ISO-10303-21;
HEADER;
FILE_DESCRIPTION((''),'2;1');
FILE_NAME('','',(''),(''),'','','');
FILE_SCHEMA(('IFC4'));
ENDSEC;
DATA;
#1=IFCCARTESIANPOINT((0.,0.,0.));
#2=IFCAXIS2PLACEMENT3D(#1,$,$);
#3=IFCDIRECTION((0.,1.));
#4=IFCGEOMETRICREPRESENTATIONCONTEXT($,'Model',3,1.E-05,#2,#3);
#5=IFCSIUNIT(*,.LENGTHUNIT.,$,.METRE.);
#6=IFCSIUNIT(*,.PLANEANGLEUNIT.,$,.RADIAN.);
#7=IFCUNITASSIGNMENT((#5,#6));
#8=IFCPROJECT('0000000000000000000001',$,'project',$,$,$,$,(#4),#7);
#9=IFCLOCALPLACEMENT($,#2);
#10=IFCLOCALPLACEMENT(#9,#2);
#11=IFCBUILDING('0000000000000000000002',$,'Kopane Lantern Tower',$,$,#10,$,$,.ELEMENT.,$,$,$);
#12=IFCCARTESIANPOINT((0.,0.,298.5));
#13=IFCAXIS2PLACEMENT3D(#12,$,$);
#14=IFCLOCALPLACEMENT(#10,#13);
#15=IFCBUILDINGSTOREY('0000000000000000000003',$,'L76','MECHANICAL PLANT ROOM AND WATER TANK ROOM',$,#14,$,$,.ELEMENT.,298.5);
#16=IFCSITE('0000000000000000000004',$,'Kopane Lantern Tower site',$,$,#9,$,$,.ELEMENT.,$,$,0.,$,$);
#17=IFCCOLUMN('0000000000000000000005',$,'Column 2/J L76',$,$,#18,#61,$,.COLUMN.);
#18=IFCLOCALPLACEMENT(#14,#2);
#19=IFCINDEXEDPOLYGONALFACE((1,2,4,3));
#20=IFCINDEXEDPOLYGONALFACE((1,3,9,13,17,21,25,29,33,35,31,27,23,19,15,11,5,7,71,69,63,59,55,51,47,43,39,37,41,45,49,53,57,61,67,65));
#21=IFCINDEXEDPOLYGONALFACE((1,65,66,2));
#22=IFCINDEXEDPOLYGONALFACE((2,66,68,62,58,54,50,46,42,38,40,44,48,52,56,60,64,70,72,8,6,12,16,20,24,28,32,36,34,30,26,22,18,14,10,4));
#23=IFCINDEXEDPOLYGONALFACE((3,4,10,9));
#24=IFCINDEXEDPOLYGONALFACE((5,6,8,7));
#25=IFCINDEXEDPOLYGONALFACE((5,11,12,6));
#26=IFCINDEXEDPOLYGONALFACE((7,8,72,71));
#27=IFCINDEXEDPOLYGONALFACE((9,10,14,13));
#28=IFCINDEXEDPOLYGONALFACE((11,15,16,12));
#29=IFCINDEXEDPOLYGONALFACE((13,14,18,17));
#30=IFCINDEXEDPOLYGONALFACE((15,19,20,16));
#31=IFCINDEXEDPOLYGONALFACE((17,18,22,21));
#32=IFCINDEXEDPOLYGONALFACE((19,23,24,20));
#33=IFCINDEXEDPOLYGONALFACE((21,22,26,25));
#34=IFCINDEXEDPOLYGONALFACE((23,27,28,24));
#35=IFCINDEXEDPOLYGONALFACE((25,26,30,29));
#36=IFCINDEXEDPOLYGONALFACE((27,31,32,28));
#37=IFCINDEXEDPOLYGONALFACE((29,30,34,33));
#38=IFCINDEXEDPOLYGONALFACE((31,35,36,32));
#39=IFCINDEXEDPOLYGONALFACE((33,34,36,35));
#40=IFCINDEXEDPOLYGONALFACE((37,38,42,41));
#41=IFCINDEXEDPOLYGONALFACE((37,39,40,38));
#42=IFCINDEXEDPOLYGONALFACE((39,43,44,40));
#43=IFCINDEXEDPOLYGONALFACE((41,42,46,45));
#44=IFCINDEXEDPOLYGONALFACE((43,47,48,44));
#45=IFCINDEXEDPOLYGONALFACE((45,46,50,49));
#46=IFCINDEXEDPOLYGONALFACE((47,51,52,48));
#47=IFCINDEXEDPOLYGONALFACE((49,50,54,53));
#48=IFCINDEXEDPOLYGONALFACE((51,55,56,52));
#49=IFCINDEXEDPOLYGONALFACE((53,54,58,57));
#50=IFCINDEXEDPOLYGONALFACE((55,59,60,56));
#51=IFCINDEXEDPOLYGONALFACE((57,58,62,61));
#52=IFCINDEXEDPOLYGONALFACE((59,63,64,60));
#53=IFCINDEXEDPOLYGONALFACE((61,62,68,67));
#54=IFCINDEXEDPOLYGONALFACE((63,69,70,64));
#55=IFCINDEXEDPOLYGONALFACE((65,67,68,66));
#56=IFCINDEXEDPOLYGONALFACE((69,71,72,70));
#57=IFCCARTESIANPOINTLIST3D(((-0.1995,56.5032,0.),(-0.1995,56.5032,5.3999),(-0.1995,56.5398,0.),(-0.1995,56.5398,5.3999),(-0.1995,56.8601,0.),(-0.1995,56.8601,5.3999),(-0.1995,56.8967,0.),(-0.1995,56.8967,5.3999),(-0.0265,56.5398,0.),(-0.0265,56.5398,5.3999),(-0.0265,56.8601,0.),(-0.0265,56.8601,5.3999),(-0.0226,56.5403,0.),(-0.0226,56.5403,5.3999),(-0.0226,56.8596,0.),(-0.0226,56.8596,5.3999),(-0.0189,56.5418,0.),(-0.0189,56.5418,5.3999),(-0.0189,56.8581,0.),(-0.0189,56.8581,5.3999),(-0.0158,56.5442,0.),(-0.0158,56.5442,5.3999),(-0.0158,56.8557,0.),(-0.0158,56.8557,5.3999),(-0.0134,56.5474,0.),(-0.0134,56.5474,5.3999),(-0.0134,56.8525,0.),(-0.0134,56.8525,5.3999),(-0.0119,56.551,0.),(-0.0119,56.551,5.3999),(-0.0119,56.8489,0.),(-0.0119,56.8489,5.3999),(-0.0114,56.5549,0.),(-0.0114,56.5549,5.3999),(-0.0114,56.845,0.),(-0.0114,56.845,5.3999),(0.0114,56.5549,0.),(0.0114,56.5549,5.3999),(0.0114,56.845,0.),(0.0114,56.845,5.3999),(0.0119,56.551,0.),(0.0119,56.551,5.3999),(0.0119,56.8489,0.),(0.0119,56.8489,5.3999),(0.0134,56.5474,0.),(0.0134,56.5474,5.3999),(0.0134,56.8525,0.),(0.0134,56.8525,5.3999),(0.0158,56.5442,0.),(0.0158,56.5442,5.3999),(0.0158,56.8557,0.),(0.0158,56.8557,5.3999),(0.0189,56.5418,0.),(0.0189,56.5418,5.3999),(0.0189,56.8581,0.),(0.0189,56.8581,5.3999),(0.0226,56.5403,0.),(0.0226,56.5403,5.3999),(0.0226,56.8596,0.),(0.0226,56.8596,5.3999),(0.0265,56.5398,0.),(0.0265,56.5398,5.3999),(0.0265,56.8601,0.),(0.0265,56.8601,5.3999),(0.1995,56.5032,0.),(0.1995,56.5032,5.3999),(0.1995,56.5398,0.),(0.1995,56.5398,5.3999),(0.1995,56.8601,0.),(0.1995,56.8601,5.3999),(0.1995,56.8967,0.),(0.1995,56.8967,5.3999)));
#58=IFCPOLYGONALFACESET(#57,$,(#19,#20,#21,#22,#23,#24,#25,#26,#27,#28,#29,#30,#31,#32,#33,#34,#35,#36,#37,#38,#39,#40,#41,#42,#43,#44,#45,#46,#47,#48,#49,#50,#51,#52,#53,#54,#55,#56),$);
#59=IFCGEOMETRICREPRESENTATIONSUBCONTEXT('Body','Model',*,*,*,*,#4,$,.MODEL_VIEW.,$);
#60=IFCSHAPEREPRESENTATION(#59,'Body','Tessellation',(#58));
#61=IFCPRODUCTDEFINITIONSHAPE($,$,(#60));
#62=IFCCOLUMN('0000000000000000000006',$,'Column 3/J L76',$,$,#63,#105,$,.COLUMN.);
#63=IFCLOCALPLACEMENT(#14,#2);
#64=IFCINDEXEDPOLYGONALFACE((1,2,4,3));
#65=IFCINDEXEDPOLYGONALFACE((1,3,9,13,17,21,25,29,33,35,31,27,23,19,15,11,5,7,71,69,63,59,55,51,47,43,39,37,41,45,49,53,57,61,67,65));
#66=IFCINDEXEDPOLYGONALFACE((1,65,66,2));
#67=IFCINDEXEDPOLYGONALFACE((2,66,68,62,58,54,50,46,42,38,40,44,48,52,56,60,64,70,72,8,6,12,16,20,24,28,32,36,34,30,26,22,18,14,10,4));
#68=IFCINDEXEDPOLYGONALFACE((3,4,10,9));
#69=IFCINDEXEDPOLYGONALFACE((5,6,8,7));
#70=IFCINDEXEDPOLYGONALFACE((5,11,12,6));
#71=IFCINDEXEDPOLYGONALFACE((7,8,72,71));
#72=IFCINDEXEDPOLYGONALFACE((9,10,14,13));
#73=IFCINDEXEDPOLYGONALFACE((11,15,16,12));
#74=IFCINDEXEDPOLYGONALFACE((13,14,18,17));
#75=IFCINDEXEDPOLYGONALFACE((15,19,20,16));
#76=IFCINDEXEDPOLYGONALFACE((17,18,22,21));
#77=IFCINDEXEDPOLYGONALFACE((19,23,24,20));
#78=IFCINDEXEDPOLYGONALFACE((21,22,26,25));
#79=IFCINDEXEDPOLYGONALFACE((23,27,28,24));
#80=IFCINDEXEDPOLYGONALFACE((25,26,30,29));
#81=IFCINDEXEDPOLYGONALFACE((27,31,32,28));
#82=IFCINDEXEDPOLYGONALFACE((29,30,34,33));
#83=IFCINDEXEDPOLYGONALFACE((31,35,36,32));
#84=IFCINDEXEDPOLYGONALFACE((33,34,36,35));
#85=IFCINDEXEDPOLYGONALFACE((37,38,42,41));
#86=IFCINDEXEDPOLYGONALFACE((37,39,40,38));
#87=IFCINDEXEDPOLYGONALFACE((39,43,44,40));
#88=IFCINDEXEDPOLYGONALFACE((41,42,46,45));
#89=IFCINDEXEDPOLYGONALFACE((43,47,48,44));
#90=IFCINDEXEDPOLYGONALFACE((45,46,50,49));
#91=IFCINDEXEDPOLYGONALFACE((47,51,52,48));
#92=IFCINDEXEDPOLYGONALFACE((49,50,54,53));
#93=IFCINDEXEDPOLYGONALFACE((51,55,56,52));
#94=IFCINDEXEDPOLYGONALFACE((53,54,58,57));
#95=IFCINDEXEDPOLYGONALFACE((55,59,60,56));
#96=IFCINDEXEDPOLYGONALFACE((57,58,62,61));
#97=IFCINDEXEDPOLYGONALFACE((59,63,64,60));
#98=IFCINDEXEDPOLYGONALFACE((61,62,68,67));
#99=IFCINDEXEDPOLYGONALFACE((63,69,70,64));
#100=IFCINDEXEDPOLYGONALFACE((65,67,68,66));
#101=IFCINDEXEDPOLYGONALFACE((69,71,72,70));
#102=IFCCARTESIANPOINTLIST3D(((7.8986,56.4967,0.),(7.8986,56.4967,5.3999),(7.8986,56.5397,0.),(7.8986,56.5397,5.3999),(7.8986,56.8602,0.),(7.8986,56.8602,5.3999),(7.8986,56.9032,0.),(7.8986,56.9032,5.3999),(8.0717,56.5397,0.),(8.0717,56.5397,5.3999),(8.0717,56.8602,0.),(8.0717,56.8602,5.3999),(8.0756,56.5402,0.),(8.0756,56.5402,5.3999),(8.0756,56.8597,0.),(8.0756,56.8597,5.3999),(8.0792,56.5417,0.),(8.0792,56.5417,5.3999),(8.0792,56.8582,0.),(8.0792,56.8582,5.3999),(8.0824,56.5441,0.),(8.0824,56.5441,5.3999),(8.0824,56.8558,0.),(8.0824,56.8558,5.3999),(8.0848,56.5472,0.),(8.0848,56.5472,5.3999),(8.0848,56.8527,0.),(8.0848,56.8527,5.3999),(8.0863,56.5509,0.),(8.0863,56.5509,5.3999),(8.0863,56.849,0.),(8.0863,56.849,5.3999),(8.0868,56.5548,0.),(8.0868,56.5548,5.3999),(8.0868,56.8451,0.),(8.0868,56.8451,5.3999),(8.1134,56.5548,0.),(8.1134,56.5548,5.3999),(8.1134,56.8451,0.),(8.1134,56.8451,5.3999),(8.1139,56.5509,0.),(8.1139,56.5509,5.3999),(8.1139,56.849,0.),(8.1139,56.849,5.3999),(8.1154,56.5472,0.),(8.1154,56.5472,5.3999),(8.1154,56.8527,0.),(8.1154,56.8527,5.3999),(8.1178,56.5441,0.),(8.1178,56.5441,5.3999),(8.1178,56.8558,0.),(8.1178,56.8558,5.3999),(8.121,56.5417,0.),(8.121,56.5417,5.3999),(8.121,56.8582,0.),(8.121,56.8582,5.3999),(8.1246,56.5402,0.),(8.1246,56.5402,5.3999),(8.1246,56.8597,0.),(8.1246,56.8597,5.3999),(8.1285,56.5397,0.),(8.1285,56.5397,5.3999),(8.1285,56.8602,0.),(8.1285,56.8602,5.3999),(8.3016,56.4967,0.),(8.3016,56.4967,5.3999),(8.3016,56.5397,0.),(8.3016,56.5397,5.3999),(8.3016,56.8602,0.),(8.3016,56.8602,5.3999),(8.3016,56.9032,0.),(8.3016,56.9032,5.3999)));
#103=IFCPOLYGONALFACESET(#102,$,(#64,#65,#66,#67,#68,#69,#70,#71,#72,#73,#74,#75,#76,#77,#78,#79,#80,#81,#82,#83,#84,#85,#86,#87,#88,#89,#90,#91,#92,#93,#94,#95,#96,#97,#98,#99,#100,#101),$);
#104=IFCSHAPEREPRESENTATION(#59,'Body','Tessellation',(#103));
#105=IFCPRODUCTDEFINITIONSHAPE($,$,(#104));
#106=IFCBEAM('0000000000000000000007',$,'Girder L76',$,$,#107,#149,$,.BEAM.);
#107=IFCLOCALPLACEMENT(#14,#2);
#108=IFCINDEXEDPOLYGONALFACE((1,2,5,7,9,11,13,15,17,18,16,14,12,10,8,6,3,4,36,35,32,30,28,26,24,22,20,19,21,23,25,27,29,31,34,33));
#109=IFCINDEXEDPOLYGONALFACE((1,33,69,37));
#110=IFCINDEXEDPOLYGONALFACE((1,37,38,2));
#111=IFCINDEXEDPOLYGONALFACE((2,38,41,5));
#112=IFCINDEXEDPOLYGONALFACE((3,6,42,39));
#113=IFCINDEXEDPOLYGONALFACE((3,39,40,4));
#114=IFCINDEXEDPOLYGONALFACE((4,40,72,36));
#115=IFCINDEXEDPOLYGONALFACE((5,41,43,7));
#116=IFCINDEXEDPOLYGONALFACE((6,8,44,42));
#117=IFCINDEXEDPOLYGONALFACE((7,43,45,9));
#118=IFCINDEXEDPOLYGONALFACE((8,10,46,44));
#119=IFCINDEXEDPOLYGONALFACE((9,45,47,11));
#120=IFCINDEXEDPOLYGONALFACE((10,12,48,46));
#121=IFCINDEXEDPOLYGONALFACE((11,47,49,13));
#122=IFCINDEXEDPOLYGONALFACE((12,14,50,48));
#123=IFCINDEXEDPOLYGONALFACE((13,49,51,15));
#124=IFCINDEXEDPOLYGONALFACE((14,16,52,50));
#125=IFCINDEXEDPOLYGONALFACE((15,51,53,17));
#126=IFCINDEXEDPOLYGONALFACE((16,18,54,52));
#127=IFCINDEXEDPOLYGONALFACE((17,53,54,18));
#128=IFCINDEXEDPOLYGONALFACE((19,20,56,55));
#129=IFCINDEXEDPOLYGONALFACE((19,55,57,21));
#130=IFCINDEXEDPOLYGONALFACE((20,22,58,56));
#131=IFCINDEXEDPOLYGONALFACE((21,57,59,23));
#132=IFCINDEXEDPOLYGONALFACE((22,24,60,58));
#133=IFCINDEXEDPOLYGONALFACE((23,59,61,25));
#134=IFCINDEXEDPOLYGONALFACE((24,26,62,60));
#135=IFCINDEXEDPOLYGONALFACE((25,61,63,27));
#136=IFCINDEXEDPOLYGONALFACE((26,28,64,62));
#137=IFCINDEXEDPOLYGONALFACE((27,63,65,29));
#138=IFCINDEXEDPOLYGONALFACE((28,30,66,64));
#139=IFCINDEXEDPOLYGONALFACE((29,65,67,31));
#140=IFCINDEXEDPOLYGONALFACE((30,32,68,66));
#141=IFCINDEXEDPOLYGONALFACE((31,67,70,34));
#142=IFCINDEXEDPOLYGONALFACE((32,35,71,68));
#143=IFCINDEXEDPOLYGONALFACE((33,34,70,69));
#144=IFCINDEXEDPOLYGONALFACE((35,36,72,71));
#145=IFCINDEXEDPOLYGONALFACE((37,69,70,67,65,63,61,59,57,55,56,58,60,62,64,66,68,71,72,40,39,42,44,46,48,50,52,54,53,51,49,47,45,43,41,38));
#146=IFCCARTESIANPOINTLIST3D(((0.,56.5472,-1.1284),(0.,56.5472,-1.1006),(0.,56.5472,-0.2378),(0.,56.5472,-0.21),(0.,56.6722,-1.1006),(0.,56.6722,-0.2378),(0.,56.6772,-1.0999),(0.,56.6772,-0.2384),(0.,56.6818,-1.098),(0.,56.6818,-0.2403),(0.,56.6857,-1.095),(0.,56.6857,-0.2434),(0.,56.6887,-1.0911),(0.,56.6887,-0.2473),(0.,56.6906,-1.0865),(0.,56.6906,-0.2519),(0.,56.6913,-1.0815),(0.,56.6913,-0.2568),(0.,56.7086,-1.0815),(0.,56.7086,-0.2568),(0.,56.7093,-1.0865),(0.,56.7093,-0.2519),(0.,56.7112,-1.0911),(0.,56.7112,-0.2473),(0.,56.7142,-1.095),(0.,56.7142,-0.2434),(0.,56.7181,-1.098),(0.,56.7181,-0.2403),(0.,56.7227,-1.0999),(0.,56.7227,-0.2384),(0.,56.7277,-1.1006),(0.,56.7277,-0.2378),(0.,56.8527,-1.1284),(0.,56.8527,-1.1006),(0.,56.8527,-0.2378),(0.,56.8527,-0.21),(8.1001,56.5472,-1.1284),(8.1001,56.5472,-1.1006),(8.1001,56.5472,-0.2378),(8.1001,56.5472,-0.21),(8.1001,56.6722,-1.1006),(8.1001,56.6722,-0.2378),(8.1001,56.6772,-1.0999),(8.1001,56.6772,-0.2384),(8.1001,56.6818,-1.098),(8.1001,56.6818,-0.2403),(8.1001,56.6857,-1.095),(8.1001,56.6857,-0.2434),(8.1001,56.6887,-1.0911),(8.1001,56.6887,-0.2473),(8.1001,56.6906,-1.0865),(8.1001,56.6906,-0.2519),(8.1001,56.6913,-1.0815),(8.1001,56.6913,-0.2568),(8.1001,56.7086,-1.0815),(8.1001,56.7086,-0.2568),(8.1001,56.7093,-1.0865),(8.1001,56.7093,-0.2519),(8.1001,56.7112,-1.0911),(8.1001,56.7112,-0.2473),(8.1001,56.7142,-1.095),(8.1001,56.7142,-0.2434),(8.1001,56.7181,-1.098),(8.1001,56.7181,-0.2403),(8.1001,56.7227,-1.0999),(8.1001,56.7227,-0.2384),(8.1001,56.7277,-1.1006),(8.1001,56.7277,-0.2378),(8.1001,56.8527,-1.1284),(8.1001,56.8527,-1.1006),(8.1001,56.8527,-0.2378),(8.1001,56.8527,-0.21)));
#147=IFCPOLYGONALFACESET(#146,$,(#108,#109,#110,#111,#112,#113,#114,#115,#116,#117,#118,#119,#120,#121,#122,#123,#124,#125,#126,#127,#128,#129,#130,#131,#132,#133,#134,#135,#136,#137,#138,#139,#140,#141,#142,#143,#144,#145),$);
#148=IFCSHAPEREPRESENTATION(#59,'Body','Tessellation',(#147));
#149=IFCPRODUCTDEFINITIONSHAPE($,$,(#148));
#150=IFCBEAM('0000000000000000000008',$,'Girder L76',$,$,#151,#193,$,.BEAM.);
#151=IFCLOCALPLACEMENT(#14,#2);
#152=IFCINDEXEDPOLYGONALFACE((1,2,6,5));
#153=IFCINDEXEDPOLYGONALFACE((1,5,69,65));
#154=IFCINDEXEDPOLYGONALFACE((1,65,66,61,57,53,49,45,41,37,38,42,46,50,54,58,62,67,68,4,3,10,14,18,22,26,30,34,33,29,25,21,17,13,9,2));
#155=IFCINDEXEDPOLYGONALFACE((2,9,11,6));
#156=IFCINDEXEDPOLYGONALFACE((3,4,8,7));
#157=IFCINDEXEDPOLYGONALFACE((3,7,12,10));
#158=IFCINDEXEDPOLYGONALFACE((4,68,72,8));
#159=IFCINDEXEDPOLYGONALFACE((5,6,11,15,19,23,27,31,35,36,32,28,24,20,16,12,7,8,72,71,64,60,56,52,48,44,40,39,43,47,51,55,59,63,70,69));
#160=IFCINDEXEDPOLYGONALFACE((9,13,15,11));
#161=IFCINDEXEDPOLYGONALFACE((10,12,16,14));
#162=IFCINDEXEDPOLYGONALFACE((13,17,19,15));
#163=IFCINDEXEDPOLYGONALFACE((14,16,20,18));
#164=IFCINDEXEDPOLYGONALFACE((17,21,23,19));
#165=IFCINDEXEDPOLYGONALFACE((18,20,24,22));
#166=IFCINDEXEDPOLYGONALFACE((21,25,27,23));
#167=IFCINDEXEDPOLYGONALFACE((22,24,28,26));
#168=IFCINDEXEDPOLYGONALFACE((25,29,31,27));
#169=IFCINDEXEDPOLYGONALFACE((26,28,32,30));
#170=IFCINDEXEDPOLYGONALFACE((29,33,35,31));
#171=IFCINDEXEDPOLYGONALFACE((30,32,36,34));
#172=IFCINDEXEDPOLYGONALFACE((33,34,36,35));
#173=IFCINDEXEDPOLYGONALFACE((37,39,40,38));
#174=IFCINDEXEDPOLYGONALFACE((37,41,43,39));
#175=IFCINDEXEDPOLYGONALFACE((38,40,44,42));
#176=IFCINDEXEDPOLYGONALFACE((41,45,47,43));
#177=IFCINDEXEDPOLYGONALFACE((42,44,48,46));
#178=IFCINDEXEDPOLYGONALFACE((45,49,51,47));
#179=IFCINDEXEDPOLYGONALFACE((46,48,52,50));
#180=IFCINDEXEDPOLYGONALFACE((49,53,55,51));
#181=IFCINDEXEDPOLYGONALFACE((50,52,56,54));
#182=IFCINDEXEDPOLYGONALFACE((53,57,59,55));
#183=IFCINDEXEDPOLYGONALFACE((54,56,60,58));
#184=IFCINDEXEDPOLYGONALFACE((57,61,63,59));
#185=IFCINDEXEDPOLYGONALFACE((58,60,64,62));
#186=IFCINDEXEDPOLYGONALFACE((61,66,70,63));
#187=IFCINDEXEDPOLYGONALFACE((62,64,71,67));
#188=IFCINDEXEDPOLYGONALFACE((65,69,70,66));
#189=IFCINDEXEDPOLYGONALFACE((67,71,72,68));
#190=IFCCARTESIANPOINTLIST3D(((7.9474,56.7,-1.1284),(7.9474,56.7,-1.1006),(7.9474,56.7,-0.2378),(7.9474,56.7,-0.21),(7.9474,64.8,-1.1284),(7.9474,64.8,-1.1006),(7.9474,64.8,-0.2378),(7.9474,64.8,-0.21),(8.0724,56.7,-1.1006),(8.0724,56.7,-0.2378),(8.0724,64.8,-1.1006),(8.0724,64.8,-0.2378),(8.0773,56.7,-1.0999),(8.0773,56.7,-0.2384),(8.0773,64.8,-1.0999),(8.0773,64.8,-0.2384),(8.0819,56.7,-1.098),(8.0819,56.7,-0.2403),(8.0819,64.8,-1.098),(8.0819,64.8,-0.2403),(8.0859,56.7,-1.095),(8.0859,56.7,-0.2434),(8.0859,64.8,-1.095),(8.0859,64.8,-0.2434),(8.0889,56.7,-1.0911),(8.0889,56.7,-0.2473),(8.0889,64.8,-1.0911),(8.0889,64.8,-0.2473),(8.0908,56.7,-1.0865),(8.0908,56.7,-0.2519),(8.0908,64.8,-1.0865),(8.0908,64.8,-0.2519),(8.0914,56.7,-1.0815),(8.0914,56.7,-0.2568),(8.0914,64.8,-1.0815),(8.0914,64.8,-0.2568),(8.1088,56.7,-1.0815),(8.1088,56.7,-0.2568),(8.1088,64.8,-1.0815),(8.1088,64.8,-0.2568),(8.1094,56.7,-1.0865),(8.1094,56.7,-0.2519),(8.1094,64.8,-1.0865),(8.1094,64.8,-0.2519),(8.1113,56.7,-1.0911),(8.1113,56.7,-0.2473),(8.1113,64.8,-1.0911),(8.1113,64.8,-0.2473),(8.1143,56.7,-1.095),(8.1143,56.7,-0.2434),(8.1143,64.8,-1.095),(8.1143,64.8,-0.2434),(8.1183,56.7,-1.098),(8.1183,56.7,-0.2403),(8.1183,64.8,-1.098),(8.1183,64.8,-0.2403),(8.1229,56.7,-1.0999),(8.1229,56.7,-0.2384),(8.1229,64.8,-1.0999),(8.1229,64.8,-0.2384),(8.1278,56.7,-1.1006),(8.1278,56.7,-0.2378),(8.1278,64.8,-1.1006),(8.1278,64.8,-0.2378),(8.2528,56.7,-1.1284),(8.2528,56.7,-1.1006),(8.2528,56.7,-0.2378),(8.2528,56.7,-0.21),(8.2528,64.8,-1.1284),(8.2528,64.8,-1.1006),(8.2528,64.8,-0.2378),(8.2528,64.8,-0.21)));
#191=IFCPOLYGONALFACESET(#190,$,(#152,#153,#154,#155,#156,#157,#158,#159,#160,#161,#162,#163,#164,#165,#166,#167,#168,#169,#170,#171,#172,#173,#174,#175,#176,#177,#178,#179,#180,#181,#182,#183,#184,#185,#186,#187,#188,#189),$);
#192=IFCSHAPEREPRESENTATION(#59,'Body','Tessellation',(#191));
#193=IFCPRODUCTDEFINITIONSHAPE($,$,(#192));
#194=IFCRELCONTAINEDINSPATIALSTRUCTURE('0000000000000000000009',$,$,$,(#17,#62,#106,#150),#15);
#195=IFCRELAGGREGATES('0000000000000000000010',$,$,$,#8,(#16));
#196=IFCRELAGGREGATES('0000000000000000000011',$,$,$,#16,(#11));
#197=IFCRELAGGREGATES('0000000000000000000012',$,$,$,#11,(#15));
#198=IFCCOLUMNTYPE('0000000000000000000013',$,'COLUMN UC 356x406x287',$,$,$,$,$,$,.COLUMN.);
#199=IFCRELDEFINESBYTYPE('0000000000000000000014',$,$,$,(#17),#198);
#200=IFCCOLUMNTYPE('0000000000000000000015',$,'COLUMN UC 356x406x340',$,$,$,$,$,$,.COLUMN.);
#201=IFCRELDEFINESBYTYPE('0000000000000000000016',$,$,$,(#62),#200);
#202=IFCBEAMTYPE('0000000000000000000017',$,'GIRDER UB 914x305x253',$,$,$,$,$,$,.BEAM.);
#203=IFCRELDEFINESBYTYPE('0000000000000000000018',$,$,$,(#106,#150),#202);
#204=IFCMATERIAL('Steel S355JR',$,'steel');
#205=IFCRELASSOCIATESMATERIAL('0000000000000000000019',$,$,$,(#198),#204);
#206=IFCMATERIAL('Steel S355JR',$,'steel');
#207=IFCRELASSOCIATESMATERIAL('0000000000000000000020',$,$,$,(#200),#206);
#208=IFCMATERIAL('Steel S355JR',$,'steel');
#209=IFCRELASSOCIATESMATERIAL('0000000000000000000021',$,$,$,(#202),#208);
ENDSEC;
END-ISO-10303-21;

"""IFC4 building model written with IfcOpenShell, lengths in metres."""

from ifc_helpers import new_model, si_unit, direction, frame, origin, origin_2d, place, context, subcontext, project, spatial, i_section, extrude, material, material_profile, profile_set, type_object, element, save


model = new_model("IFC4")

# Units and contexts
model_context = context("Model", 3, precision=1e-05, world=origin(), true_north=direction((0.0, 1.0)))
body_context = subcontext(model_context, "Body", "Model", "MODEL_VIEW")
ifc_project = project(units=[si_unit("LENGTHUNIT", "METRE"), si_unit("PLANEANGLEUNIT", "RADIAN")], contexts=[model_context])

# Site, building, storey
site_placement = place(None, origin())
site = spatial("IfcSite", under=ifc_project, at=site_placement, Name="Kopane Lantern Tower site", CompositionType="ELEMENT", RefElevation=0.0)
building_placement = place(site_placement, origin())
building = spatial("IfcBuilding", under=site, at=building_placement, Name="Kopane Lantern Tower", CompositionType="ELEMENT")
storey_placement = place(building_placement, frame((0.0, 0.0, 298.5)))
storey = spatial("IfcBuildingStorey", under=building, at=storey_placement, Name="L76", Description="MECHANICAL PLANT ROOM AND WATER TANK ROOM", CompositionType="ELEMENT", Elevation=298.5)

# Columns
ifc_material_1 = material(Name="Steel S355JR", Category="steel")
ifc_material_profile_1 = material_profile(ifc_material_1, i_section(OverallWidth=0.3989, OverallDepth=0.3936, WebThickness=0.0227, FlangeThickness=0.0366, FilletRadius=0.0151, at=origin_2d()), Name="UC 356x406x287")
ifc_profile_set_1 = profile_set([ifc_material_profile_1], Name="Steel S355JR")
column_type_1 = type_object("IfcColumnType", Name="COLUMN UC 356x406x287", PredefinedType="COLUMN", material=ifc_profile_set_1)
column_1_placement = place(storey_placement, frame((0.0, 56.7, 0.0), z_axis=(0.0, 0.0, 1.0), x_axis=(1.0, 0.0, 0.0)))
element("IfcColumn", 1, at=column_1_placement, inside=storey, type_object=column_type_1, Name="Column 2/J L76", PredefinedType="COLUMN", context=body_context, shape_type="SweptSolid", body=[
    extrude(i_section(OverallWidth=0.3989, OverallDepth=0.3936, WebThickness=0.0227, FlangeThickness=0.0366, FilletRadius=0.0151, at=origin_2d()), origin(), (0.0, 0.0, 1.0), 5.3999),
])
ifc_material_2 = material(Name="Steel S355JR", Category="steel")
ifc_material_profile_2 = material_profile(ifc_material_2, i_section(OverallWidth=0.4031, OverallDepth=0.4065, WebThickness=0.0266, FlangeThickness=0.043, FilletRadius=0.0151, at=origin_2d()), Name="UC 356x406x340")
ifc_profile_set_2 = profile_set([ifc_material_profile_2], Name="Steel S355JR")
column_type_2 = type_object("IfcColumnType", Name="COLUMN UC 356x406x340", PredefinedType="COLUMN", material=ifc_profile_set_2)
column_2_placement = place(storey_placement, frame((8.1001, 56.7, 0.0), z_axis=(0.0, 0.0, 1.0), x_axis=(1.0, 0.0, 0.0)))
element("IfcColumn", 2, at=column_2_placement, inside=storey, type_object=column_type_2, Name="Column 3/J L76", PredefinedType="COLUMN", context=body_context, shape_type="SweptSolid", body=[
    extrude(i_section(OverallWidth=0.4031, OverallDepth=0.4065, WebThickness=0.0266, FlangeThickness=0.043, FilletRadius=0.0151, at=origin_2d()), origin(), (0.0, 0.0, 1.0), 5.3999),
])

# Beams
ifc_material_3 = material(Name="Steel S355JR", Category="steel")
ifc_material_profile_3 = material_profile(ifc_material_3, i_section(OverallWidth=0.3054, OverallDepth=0.9185, WebThickness=0.0173, FlangeThickness=0.0278, FilletRadius=0.019, at=origin_2d()), Name="UB 914x305x253")
ifc_profile_set_3 = profile_set([ifc_material_profile_3], Name="Steel S355JR")
beam_type = type_object("IfcBeamType", Name="GIRDER UB 914x305x253", PredefinedType="BEAM", material=ifc_profile_set_3)
for number, where, z_axis, x_axis, name in (
    (3, (0.0, 56.7, -0.6692), (1.0, 0.0, 0.0), (0.0, 1.0, 0.0), "Girder L76"),
    (4, (8.1001, 56.7, -0.6692), (0.0, 1.0, 0.0), (-1.0, 0.0, 0.0), "Girder L76"),
):
    element("IfcBeam", number, at=place(storey_placement, frame(where, z_axis=z_axis, x_axis=x_axis)), inside=storey, type_object=beam_type, Name=name, PredefinedType="BEAM", context=body_context, shape_type="SweptSolid", body=[
        extrude(i_section(OverallWidth=0.3054, OverallDepth=0.9185, WebThickness=0.0173, FlangeThickness=0.0278, FilletRadius=0.019, at=origin_2d()), origin(), (0.0, 0.0, 1.0), 8.1001),
    ])

save(model, "model.ifc")
